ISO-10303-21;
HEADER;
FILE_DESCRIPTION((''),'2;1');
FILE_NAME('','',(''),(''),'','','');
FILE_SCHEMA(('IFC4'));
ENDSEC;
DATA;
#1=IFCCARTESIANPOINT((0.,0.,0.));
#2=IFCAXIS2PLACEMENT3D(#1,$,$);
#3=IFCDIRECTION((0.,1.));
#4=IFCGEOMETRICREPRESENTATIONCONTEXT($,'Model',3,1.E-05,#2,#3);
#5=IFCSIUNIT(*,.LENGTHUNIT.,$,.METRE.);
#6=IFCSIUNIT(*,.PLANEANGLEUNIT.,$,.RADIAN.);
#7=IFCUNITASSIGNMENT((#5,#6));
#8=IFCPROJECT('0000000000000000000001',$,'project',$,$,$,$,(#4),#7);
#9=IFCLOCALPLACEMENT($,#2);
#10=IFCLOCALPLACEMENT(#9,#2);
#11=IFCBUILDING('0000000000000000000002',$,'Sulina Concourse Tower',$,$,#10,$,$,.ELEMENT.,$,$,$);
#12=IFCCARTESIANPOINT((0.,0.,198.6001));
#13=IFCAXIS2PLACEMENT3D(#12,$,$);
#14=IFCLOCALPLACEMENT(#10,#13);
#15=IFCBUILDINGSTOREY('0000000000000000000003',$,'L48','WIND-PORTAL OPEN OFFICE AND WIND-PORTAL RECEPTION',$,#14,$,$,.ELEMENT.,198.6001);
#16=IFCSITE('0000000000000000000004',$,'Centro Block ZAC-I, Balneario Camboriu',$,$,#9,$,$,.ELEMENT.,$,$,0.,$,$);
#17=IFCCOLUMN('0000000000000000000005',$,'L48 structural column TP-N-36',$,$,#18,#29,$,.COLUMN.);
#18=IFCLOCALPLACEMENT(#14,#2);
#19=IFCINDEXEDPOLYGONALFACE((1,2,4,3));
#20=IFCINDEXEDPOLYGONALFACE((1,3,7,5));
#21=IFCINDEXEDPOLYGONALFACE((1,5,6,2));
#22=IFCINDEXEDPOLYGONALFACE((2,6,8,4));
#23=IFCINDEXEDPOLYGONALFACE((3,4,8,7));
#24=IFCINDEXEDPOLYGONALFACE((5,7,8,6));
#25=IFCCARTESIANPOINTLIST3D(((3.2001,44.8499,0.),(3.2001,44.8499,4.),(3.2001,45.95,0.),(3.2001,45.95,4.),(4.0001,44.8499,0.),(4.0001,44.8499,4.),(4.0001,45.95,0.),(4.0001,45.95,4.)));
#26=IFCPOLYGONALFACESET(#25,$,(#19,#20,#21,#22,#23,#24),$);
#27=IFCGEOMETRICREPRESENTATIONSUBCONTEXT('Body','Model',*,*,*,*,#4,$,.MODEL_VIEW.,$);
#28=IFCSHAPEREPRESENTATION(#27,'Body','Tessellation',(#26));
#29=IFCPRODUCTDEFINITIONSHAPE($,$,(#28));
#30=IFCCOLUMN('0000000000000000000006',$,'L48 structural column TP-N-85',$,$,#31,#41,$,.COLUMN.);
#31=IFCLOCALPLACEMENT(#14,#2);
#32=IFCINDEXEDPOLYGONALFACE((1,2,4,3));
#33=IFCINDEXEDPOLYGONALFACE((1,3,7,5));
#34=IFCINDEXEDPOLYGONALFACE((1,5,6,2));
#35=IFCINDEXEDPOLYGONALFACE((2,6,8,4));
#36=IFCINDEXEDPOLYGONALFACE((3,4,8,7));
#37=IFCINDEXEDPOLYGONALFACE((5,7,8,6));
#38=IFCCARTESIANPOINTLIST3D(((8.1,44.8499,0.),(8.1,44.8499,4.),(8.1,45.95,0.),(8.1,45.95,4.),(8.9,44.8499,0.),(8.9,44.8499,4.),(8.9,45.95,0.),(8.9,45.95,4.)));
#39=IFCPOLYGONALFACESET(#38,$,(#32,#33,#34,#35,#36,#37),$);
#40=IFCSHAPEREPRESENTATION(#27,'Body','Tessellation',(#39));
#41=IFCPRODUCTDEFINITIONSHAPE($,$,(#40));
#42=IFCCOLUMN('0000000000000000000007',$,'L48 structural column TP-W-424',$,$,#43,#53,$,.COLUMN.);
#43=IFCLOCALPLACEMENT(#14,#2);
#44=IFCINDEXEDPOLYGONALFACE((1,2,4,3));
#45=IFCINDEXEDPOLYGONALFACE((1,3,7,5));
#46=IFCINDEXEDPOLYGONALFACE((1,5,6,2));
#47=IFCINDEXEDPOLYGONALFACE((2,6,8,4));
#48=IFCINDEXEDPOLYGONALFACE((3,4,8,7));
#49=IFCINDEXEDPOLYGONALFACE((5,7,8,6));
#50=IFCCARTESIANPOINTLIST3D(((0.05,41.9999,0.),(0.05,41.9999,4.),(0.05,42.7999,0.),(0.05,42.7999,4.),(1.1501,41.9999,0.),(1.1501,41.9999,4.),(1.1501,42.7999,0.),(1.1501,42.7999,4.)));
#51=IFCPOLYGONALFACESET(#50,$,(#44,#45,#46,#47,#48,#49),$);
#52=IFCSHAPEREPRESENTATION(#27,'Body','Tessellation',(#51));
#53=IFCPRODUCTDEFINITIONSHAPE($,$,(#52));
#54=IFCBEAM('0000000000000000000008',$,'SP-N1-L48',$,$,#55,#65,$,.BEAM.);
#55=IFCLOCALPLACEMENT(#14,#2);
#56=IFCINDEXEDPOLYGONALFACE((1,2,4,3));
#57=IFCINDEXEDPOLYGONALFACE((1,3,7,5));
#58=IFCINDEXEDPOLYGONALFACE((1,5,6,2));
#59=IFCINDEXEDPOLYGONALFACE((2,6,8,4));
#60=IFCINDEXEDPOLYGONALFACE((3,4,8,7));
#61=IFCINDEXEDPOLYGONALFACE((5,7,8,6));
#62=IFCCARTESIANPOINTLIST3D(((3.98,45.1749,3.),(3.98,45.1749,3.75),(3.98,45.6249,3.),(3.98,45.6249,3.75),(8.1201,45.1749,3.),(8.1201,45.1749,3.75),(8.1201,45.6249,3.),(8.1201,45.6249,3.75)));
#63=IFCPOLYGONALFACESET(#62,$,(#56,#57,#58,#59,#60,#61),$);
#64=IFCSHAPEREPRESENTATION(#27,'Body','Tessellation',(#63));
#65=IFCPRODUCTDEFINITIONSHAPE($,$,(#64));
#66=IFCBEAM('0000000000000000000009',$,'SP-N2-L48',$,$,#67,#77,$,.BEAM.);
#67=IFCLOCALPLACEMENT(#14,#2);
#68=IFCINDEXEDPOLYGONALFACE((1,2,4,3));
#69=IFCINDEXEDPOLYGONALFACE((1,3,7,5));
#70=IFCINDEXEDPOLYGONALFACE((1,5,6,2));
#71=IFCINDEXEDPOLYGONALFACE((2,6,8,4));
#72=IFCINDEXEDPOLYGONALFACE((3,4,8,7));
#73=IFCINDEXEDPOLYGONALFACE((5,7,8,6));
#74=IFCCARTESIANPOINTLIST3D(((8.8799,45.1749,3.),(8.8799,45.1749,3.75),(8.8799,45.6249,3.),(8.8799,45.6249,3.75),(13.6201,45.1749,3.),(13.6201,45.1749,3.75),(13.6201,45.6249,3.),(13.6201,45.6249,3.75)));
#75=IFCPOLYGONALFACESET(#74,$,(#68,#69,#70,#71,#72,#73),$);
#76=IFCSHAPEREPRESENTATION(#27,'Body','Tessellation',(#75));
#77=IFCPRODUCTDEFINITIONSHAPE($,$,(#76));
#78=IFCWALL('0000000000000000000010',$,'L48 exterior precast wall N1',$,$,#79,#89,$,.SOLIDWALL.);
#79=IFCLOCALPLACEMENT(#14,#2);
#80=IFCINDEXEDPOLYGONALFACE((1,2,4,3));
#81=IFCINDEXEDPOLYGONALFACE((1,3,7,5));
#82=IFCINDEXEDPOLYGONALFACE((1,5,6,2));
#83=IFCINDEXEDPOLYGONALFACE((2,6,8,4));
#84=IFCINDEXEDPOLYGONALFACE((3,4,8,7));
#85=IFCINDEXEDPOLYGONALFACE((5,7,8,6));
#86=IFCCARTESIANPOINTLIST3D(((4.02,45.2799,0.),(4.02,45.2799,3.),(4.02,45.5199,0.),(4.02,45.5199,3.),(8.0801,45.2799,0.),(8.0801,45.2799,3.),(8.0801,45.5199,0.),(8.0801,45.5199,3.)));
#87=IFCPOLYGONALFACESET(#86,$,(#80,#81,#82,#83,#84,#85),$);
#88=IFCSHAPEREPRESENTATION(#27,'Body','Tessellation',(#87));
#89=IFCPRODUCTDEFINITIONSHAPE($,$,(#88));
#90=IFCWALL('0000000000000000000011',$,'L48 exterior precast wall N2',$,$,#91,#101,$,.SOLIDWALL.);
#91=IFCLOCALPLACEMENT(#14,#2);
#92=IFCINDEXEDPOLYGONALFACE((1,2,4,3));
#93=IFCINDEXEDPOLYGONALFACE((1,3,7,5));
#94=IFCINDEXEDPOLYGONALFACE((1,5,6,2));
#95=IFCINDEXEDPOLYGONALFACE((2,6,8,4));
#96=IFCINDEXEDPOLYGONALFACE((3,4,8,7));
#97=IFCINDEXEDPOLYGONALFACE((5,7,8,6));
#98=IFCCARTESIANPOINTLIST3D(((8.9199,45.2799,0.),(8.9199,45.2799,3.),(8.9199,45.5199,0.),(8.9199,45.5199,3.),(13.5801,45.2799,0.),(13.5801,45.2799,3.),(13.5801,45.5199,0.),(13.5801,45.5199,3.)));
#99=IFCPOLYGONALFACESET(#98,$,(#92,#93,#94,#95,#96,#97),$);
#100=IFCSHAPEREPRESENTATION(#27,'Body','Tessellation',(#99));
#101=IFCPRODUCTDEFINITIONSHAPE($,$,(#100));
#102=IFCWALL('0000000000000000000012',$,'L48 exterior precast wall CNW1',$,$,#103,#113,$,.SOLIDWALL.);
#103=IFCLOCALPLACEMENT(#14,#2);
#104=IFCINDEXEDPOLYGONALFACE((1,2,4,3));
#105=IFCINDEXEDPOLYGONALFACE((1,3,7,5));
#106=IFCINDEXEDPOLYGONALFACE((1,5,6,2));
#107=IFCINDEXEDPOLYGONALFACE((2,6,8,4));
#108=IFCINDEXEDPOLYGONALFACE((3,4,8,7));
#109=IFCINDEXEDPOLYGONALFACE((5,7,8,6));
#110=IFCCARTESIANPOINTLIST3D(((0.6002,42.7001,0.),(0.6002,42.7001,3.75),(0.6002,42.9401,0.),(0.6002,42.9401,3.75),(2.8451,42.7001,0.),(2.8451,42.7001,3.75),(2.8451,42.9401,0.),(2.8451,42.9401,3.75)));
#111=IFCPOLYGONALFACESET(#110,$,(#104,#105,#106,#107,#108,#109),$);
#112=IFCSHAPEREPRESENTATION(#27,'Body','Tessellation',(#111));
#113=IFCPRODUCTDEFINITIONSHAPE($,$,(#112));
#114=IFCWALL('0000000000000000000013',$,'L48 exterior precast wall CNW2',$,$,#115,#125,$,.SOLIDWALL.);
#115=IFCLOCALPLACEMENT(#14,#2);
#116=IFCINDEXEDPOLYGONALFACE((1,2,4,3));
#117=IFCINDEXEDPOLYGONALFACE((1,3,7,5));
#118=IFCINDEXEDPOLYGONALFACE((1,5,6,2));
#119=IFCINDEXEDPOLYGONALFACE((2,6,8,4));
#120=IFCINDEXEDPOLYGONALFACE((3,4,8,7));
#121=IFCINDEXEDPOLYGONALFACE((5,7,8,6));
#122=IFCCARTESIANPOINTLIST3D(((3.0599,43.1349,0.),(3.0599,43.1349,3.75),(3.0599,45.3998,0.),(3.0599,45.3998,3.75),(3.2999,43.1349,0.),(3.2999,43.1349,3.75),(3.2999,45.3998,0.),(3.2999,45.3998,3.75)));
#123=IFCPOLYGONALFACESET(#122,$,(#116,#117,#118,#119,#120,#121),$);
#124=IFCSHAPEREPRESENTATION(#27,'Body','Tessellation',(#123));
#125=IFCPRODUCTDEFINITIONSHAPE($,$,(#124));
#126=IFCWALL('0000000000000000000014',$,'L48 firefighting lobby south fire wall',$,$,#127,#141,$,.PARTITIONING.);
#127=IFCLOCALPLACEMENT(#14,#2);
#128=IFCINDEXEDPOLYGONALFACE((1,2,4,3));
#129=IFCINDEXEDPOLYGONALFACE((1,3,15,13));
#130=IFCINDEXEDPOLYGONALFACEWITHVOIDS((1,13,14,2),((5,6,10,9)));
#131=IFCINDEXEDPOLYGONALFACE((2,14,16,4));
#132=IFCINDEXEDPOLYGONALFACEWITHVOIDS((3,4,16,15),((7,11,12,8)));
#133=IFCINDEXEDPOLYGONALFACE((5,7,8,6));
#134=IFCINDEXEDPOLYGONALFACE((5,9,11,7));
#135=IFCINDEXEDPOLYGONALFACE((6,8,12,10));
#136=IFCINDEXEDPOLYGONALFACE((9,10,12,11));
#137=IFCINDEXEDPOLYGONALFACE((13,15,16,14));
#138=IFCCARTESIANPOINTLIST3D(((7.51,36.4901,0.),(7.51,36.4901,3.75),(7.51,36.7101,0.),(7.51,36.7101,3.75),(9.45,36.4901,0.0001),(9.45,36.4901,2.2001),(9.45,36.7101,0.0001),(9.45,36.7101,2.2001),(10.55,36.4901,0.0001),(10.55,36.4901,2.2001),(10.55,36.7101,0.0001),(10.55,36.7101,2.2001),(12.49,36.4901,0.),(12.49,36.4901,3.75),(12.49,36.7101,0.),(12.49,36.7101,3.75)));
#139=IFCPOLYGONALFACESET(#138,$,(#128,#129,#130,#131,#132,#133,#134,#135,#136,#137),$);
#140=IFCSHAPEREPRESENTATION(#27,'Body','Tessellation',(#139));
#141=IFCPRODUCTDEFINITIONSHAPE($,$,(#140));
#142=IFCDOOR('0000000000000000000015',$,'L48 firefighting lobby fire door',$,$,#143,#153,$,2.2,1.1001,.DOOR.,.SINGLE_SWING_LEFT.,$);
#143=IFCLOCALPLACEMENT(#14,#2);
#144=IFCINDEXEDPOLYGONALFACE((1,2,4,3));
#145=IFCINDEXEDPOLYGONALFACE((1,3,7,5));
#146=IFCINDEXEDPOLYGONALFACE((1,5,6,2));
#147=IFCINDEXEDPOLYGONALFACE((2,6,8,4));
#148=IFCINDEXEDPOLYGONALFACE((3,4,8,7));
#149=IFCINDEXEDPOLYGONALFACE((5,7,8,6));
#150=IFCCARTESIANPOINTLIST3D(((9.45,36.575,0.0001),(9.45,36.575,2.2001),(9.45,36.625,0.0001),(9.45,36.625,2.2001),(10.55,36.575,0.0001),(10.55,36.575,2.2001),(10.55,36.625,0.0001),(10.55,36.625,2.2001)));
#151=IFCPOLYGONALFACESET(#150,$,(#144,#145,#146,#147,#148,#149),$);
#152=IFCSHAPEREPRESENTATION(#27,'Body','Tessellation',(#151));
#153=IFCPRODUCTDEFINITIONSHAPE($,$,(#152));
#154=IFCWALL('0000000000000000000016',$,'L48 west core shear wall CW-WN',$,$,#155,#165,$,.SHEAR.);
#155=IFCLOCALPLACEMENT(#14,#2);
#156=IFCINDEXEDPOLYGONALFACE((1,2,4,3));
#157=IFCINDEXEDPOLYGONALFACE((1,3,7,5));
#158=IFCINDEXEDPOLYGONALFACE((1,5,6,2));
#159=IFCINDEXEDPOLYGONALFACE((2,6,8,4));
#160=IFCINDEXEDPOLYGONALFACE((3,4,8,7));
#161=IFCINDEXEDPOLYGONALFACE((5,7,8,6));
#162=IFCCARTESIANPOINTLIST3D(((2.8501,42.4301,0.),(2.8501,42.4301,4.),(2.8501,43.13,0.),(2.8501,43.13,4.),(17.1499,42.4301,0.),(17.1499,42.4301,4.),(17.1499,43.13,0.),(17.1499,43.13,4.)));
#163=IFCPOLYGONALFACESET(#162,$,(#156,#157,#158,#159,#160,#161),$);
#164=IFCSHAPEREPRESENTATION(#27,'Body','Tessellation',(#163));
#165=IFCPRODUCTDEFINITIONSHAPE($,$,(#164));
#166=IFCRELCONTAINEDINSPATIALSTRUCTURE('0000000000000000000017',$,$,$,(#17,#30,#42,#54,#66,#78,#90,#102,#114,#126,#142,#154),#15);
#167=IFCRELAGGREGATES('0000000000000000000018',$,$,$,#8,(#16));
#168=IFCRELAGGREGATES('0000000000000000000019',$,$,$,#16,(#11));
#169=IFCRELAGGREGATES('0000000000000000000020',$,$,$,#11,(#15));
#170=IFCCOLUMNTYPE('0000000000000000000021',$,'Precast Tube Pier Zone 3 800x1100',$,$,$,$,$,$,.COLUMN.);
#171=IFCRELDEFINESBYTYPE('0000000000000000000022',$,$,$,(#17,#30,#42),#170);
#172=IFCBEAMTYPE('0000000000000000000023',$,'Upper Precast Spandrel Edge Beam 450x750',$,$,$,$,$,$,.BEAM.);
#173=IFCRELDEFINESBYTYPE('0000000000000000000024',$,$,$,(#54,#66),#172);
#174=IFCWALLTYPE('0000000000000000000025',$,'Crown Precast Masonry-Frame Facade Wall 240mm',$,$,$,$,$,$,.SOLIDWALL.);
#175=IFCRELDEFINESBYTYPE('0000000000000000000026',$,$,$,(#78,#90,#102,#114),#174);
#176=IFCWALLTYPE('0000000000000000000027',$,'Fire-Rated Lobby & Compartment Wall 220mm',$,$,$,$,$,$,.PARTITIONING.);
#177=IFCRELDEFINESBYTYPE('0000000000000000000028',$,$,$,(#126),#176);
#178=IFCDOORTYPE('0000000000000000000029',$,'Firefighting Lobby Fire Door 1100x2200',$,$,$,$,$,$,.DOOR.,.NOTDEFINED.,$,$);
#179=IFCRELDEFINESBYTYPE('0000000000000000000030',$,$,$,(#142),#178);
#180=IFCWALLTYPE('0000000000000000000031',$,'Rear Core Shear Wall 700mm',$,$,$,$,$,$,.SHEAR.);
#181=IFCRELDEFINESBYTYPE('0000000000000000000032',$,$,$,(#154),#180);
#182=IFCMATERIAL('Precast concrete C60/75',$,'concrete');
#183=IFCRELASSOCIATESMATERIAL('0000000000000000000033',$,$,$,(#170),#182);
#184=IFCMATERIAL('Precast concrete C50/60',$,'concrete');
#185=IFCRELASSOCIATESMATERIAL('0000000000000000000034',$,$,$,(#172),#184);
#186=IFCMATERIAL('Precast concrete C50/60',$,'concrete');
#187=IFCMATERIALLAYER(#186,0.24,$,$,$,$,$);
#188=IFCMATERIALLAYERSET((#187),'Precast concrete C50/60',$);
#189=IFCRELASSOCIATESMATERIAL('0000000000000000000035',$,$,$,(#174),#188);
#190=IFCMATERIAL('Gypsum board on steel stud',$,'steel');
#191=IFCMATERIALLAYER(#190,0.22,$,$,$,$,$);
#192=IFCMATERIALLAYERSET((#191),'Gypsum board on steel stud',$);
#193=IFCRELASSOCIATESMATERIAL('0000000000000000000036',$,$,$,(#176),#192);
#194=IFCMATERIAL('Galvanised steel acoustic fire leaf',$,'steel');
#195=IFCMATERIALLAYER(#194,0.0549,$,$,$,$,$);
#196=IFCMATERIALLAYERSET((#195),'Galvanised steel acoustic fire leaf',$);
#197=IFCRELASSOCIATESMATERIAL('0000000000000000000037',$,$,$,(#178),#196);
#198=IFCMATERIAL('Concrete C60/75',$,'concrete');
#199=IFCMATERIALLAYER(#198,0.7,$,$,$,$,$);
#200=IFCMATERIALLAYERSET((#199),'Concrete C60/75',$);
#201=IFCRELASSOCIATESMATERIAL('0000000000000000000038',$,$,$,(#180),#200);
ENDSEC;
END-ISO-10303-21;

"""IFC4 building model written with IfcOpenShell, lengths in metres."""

from ifc_helpers import new_model, si_unit, direction, frame, frame_2d, origin, origin_2d, place, context, subcontext, project, spatial, rectangle, extrude, material, layer, layer_set, material_profile, profile_set, type_object, element, fill, save


model = new_model("IFC4")

# Units and contexts
model_context = context("Model", 3, precision=1e-05, world=origin(), true_north=direction((0.0, 1.0)))
body_context = subcontext(model_context, "Body", "Model", "MODEL_VIEW")
ifc_project = project(units=[si_unit("LENGTHUNIT", "METRE"), si_unit("PLANEANGLEUNIT", "RADIAN")], contexts=[model_context])

# Site, building, storey
site_placement = place(None, origin())
site = spatial("IfcSite", under=ifc_project, at=site_placement, Name="Centro Block ZAC-I, Balneario Camboriu", CompositionType="ELEMENT", RefElevation=0.0)
building_placement = place(site_placement, origin())
building = spatial("IfcBuilding", under=site, at=building_placement, Name="Sulina Concourse Tower", CompositionType="ELEMENT")
storey_placement = place(building_placement, frame((0.0, 0.0, 198.6001)))
storey = spatial("IfcBuildingStorey", under=building, at=storey_placement, Name="L48", Description="WIND-PORTAL OPEN OFFICE AND WIND-PORTAL RECEPTION", CompositionType="ELEMENT", Elevation=198.6001)

# Columns
ifc_material_1 = material(Name="Precast concrete C60/75", Category="concrete")
ifc_material_profile_1 = material_profile(ifc_material_1, rectangle(XDim=0.8, YDim=1.1001, at=origin_2d()), Name="PC 800x1100")
ifc_profile_set_1 = profile_set([ifc_material_profile_1], Name="Precast concrete C60/75")
column_type = type_object("IfcColumnType", Name="Precast Tube Pier Zone 3 800x1100", PredefinedType="COLUMN", material=ifc_profile_set_1)
for number, where, z_axis, x_axis, name in (
    (1, (3.6001, 45.3999, 0.0), (0.0, 0.0, 1.0), (1.0, 0.0, 0.0), "L48 structural column TP-N-36"),
    (2, (8.5, 45.3999, 0.0), (0.0, 0.0, 1.0), (1.0, 0.0, 0.0), "L48 structural column TP-N-85"),
    (3, (0.6001, 42.3999, 0.0), (0.0, 0.0, 1.0), (0.0, 1.0, 0.0), "L48 structural column TP-W-424"),
):
    element("IfcColumn", number, at=place(storey_placement, frame(where, z_axis=z_axis, x_axis=x_axis)), inside=storey, type_object=column_type, Name=name, PredefinedType="COLUMN", context=body_context, shape_type="SweptSolid", body=[
        extrude(rectangle(XDim=0.8, YDim=1.1001, at=origin_2d()), origin(), (0.0, 0.0, 1.0), 4.0),
    ])

# Beams
ifc_material_2 = material(Name="Precast concrete C50/60", Category="concrete")
ifc_material_profile_2 = material_profile(ifc_material_2, rectangle(XDim=0.45, YDim=0.75, at=origin_2d()), Name="RC 450x750")
ifc_profile_set_2 = profile_set([ifc_material_profile_2], Name="Precast concrete C50/60")
beam_type = type_object("IfcBeamType", Name="Upper Precast Spandrel Edge Beam 450x750", PredefinedType="BEAM", material=ifc_profile_set_2)
beam_1_placement = place(storey_placement, frame((3.98, 45.3999, 3.375), z_axis=(1.0, 0.0, 0.0), x_axis=(0.0, 1.0, 0.0)))
element("IfcBeam", 4, at=beam_1_placement, inside=storey, type_object=beam_type, Name="SP-N1-L48", PredefinedType="BEAM", context=body_context, shape_type="SweptSolid", body=[
    extrude(rectangle(XDim=0.45, YDim=0.75, at=origin_2d()), origin(), (0.0, 0.0, 1.0), 4.1401),
])
beam_2_placement = place(storey_placement, frame((8.8799, 45.3999, 3.375), z_axis=(1.0, 0.0, 0.0), x_axis=(0.0, 1.0, 0.0)))
element("IfcBeam", 5, at=beam_2_placement, inside=storey, type_object=beam_type, Name="SP-N2-L48", PredefinedType="BEAM", context=body_context, shape_type="SweptSolid", body=[
    extrude(rectangle(XDim=0.45, YDim=0.75, at=origin_2d()), origin(), (0.0, 0.0, 1.0), 4.7402),
])

# Walls
ifc_material_3 = material(Name="Precast concrete C50/60", Category="concrete")
ifc_layer_1 = layer(ifc_material_3, 0.24)
ifc_layer_set_1 = layer_set([ifc_layer_1], Name="Precast concrete C50/60")
wall_type_1 = type_object("IfcWallType", Name="Crown Precast Masonry-Frame Facade Wall 240mm", PredefinedType="SOLIDWALL", material=ifc_layer_set_1)
wall_1_placement = place(storey_placement, frame((4.02, 45.3999, 0.0), z_axis=(0.0, 0.0, 1.0), x_axis=(1.0, 0.0, 0.0)))
element("IfcWall", 6, at=wall_1_placement, inside=storey, type_object=wall_type_1, Name="L48 exterior precast wall N1", PredefinedType="SOLIDWALL", context=body_context, shape_type="SweptSolid", body=[
    extrude(rectangle(XDim=4.0601, YDim=0.24, at=frame_2d((2.03, 0.0))), origin(), (0.0, 0.0, 1.0), 3.0),
])
wall_2_placement = place(storey_placement, frame((8.9199, 45.3999, 0.0), z_axis=(0.0, 0.0, 1.0), x_axis=(1.0, 0.0, 0.0)))
element("IfcWall", 7, at=wall_2_placement, inside=storey, type_object=wall_type_1, Name="L48 exterior precast wall N2", PredefinedType="SOLIDWALL", context=body_context, shape_type="SweptSolid", body=[
    extrude(rectangle(XDim=4.6602, YDim=0.24, at=frame_2d((2.3301, 0.0))), origin(), (0.0, 0.0, 1.0), 3.0),
])
wall_3_placement = place(storey_placement, frame((0.6001, 42.8201, 0.0), z_axis=(0.0, 0.0, 1.0), x_axis=(1.0, 0.0, 0.0)))
element("IfcWall", 8, at=wall_3_placement, inside=storey, type_object=wall_type_1, Name="L48 exterior precast wall CNW1", PredefinedType="SOLIDWALL", context=body_context, shape_type="SweptSolid", body=[
    extrude(rectangle(XDim=2.2449, YDim=0.24, at=frame_2d((1.1226, 0.0))), origin(), (0.0, 0.0, 1.0), 3.75),
])
wall_4_placement = place(storey_placement, frame((3.1799, 43.135, 0.0), z_axis=(0.0, 0.0, 1.0), x_axis=(0.0, 1.0, 0.0)))
element("IfcWall", 9, at=wall_4_placement, inside=storey, type_object=wall_type_1, Name="L48 exterior precast wall CNW2", PredefinedType="SOLIDWALL", context=body_context, shape_type="SweptSolid", body=[
    extrude(rectangle(XDim=2.2649, YDim=0.24, at=frame_2d((1.1323, 0.0))), origin(), (0.0, 0.0, 1.0), 3.75),
])

# Wall, opening, door
ifc_material_4 = material(Name="Gypsum board on steel stud", Category="steel")
ifc_layer_2 = layer(ifc_material_4, 0.22)
ifc_layer_set_2 = layer_set([ifc_layer_2], Name="Gypsum board on steel stud")
wall_type_2 = type_object("IfcWallType", Name="Fire-Rated Lobby & Compartment Wall 220mm", PredefinedType="PARTITIONING", material=ifc_layer_set_2)
wall_5_placement = place(storey_placement, frame((7.51, 36.6001, 0.0), z_axis=(0.0, 0.0, 1.0), x_axis=(1.0, 0.0, 0.0)))
wall_5 = element("IfcWall", 10, at=wall_5_placement, inside=storey, type_object=wall_type_2, Name="L48 firefighting lobby south fire wall", PredefinedType="PARTITIONING", context=body_context, shape_type="SweptSolid", body=[
    extrude(rectangle(XDim=4.98, YDim=0.22, at=frame_2d((2.49, 0.0))), origin(), (0.0, 0.0, 1.0), 3.75),
])
opening_placement = place(wall_5_placement, frame((1.9399, 0.0, 0.0)))
opening = element("IfcOpeningElement", 11, at=opening_placement, cuts=wall_5, PredefinedType="OPENING", context=body_context, shape_type="SweptSolid", body=[
    extrude(rectangle(XDim=1.1001, YDim=2.2, at=frame_2d((0.55, 1.1001))), frame((0.0, 0.1199, 0.0), z_axis=(0.0, -1.0, 0.0), x_axis=(1.0, 0.0, 0.0)), (0.0, 0.0, 1.0), 0.24),
])
ifc_material_5 = material(Name="Galvanised steel acoustic fire leaf", Category="steel")
ifc_layer_3 = layer(ifc_material_5, 0.0549)
ifc_layer_set_3 = layer_set([ifc_layer_3], Name="Galvanised steel acoustic fire leaf")
door_type = type_object("IfcDoorType", Name="Firefighting Lobby Fire Door 1100x2200", OperationType="NOTDEFINED", PredefinedType="DOOR", material=ifc_layer_set_3)
door_placement = place(opening_placement, origin())
door = element("IfcDoor", 12, at=door_placement, inside=storey, type_object=door_type, Name="L48 firefighting lobby fire door", OperationType="SINGLE_SWING_LEFT", OverallHeight=2.2, OverallWidth=1.1001, PredefinedType="DOOR", context=body_context, shape_type="SweptSolid", body=[
    extrude(rectangle(XDim=1.1001, YDim=2.2, at=frame_2d((0.55, 1.1001))), frame((0.0, 0.0249, 0.0), z_axis=(0.0, -1.0, 0.0), x_axis=(1.0, 0.0, 0.0)), (0.0, 0.0, 1.0), 0.05),
])
fill(opening, door)

# Wall
ifc_material_6 = material(Name="Concrete C60/75", Category="concrete")
ifc_layer_4 = layer(ifc_material_6, 0.7)
ifc_layer_set_4 = layer_set([ifc_layer_4], Name="Concrete C60/75")
wall_type_3 = type_object("IfcWallType", Name="Rear Core Shear Wall 700mm", PredefinedType="SHEAR", material=ifc_layer_set_4)
wall_6_placement = place(storey_placement, frame((2.8501, 42.78, 0.0), z_axis=(0.0, 0.0, 1.0), x_axis=(1.0, 0.0, 0.0)))
element("IfcWall", 13, at=wall_6_placement, inside=storey, type_object=wall_type_3, Name="L48 west core shear wall CW-WN", PredefinedType="SHEAR", context=body_context, shape_type="SweptSolid", body=[
    extrude(rectangle(XDim=14.2998, YDim=0.7, at=frame_2d((7.1499, 0.0))), origin(), (0.0, 0.0, 1.0), 4.0),
])

save(model, "model.ifc")
